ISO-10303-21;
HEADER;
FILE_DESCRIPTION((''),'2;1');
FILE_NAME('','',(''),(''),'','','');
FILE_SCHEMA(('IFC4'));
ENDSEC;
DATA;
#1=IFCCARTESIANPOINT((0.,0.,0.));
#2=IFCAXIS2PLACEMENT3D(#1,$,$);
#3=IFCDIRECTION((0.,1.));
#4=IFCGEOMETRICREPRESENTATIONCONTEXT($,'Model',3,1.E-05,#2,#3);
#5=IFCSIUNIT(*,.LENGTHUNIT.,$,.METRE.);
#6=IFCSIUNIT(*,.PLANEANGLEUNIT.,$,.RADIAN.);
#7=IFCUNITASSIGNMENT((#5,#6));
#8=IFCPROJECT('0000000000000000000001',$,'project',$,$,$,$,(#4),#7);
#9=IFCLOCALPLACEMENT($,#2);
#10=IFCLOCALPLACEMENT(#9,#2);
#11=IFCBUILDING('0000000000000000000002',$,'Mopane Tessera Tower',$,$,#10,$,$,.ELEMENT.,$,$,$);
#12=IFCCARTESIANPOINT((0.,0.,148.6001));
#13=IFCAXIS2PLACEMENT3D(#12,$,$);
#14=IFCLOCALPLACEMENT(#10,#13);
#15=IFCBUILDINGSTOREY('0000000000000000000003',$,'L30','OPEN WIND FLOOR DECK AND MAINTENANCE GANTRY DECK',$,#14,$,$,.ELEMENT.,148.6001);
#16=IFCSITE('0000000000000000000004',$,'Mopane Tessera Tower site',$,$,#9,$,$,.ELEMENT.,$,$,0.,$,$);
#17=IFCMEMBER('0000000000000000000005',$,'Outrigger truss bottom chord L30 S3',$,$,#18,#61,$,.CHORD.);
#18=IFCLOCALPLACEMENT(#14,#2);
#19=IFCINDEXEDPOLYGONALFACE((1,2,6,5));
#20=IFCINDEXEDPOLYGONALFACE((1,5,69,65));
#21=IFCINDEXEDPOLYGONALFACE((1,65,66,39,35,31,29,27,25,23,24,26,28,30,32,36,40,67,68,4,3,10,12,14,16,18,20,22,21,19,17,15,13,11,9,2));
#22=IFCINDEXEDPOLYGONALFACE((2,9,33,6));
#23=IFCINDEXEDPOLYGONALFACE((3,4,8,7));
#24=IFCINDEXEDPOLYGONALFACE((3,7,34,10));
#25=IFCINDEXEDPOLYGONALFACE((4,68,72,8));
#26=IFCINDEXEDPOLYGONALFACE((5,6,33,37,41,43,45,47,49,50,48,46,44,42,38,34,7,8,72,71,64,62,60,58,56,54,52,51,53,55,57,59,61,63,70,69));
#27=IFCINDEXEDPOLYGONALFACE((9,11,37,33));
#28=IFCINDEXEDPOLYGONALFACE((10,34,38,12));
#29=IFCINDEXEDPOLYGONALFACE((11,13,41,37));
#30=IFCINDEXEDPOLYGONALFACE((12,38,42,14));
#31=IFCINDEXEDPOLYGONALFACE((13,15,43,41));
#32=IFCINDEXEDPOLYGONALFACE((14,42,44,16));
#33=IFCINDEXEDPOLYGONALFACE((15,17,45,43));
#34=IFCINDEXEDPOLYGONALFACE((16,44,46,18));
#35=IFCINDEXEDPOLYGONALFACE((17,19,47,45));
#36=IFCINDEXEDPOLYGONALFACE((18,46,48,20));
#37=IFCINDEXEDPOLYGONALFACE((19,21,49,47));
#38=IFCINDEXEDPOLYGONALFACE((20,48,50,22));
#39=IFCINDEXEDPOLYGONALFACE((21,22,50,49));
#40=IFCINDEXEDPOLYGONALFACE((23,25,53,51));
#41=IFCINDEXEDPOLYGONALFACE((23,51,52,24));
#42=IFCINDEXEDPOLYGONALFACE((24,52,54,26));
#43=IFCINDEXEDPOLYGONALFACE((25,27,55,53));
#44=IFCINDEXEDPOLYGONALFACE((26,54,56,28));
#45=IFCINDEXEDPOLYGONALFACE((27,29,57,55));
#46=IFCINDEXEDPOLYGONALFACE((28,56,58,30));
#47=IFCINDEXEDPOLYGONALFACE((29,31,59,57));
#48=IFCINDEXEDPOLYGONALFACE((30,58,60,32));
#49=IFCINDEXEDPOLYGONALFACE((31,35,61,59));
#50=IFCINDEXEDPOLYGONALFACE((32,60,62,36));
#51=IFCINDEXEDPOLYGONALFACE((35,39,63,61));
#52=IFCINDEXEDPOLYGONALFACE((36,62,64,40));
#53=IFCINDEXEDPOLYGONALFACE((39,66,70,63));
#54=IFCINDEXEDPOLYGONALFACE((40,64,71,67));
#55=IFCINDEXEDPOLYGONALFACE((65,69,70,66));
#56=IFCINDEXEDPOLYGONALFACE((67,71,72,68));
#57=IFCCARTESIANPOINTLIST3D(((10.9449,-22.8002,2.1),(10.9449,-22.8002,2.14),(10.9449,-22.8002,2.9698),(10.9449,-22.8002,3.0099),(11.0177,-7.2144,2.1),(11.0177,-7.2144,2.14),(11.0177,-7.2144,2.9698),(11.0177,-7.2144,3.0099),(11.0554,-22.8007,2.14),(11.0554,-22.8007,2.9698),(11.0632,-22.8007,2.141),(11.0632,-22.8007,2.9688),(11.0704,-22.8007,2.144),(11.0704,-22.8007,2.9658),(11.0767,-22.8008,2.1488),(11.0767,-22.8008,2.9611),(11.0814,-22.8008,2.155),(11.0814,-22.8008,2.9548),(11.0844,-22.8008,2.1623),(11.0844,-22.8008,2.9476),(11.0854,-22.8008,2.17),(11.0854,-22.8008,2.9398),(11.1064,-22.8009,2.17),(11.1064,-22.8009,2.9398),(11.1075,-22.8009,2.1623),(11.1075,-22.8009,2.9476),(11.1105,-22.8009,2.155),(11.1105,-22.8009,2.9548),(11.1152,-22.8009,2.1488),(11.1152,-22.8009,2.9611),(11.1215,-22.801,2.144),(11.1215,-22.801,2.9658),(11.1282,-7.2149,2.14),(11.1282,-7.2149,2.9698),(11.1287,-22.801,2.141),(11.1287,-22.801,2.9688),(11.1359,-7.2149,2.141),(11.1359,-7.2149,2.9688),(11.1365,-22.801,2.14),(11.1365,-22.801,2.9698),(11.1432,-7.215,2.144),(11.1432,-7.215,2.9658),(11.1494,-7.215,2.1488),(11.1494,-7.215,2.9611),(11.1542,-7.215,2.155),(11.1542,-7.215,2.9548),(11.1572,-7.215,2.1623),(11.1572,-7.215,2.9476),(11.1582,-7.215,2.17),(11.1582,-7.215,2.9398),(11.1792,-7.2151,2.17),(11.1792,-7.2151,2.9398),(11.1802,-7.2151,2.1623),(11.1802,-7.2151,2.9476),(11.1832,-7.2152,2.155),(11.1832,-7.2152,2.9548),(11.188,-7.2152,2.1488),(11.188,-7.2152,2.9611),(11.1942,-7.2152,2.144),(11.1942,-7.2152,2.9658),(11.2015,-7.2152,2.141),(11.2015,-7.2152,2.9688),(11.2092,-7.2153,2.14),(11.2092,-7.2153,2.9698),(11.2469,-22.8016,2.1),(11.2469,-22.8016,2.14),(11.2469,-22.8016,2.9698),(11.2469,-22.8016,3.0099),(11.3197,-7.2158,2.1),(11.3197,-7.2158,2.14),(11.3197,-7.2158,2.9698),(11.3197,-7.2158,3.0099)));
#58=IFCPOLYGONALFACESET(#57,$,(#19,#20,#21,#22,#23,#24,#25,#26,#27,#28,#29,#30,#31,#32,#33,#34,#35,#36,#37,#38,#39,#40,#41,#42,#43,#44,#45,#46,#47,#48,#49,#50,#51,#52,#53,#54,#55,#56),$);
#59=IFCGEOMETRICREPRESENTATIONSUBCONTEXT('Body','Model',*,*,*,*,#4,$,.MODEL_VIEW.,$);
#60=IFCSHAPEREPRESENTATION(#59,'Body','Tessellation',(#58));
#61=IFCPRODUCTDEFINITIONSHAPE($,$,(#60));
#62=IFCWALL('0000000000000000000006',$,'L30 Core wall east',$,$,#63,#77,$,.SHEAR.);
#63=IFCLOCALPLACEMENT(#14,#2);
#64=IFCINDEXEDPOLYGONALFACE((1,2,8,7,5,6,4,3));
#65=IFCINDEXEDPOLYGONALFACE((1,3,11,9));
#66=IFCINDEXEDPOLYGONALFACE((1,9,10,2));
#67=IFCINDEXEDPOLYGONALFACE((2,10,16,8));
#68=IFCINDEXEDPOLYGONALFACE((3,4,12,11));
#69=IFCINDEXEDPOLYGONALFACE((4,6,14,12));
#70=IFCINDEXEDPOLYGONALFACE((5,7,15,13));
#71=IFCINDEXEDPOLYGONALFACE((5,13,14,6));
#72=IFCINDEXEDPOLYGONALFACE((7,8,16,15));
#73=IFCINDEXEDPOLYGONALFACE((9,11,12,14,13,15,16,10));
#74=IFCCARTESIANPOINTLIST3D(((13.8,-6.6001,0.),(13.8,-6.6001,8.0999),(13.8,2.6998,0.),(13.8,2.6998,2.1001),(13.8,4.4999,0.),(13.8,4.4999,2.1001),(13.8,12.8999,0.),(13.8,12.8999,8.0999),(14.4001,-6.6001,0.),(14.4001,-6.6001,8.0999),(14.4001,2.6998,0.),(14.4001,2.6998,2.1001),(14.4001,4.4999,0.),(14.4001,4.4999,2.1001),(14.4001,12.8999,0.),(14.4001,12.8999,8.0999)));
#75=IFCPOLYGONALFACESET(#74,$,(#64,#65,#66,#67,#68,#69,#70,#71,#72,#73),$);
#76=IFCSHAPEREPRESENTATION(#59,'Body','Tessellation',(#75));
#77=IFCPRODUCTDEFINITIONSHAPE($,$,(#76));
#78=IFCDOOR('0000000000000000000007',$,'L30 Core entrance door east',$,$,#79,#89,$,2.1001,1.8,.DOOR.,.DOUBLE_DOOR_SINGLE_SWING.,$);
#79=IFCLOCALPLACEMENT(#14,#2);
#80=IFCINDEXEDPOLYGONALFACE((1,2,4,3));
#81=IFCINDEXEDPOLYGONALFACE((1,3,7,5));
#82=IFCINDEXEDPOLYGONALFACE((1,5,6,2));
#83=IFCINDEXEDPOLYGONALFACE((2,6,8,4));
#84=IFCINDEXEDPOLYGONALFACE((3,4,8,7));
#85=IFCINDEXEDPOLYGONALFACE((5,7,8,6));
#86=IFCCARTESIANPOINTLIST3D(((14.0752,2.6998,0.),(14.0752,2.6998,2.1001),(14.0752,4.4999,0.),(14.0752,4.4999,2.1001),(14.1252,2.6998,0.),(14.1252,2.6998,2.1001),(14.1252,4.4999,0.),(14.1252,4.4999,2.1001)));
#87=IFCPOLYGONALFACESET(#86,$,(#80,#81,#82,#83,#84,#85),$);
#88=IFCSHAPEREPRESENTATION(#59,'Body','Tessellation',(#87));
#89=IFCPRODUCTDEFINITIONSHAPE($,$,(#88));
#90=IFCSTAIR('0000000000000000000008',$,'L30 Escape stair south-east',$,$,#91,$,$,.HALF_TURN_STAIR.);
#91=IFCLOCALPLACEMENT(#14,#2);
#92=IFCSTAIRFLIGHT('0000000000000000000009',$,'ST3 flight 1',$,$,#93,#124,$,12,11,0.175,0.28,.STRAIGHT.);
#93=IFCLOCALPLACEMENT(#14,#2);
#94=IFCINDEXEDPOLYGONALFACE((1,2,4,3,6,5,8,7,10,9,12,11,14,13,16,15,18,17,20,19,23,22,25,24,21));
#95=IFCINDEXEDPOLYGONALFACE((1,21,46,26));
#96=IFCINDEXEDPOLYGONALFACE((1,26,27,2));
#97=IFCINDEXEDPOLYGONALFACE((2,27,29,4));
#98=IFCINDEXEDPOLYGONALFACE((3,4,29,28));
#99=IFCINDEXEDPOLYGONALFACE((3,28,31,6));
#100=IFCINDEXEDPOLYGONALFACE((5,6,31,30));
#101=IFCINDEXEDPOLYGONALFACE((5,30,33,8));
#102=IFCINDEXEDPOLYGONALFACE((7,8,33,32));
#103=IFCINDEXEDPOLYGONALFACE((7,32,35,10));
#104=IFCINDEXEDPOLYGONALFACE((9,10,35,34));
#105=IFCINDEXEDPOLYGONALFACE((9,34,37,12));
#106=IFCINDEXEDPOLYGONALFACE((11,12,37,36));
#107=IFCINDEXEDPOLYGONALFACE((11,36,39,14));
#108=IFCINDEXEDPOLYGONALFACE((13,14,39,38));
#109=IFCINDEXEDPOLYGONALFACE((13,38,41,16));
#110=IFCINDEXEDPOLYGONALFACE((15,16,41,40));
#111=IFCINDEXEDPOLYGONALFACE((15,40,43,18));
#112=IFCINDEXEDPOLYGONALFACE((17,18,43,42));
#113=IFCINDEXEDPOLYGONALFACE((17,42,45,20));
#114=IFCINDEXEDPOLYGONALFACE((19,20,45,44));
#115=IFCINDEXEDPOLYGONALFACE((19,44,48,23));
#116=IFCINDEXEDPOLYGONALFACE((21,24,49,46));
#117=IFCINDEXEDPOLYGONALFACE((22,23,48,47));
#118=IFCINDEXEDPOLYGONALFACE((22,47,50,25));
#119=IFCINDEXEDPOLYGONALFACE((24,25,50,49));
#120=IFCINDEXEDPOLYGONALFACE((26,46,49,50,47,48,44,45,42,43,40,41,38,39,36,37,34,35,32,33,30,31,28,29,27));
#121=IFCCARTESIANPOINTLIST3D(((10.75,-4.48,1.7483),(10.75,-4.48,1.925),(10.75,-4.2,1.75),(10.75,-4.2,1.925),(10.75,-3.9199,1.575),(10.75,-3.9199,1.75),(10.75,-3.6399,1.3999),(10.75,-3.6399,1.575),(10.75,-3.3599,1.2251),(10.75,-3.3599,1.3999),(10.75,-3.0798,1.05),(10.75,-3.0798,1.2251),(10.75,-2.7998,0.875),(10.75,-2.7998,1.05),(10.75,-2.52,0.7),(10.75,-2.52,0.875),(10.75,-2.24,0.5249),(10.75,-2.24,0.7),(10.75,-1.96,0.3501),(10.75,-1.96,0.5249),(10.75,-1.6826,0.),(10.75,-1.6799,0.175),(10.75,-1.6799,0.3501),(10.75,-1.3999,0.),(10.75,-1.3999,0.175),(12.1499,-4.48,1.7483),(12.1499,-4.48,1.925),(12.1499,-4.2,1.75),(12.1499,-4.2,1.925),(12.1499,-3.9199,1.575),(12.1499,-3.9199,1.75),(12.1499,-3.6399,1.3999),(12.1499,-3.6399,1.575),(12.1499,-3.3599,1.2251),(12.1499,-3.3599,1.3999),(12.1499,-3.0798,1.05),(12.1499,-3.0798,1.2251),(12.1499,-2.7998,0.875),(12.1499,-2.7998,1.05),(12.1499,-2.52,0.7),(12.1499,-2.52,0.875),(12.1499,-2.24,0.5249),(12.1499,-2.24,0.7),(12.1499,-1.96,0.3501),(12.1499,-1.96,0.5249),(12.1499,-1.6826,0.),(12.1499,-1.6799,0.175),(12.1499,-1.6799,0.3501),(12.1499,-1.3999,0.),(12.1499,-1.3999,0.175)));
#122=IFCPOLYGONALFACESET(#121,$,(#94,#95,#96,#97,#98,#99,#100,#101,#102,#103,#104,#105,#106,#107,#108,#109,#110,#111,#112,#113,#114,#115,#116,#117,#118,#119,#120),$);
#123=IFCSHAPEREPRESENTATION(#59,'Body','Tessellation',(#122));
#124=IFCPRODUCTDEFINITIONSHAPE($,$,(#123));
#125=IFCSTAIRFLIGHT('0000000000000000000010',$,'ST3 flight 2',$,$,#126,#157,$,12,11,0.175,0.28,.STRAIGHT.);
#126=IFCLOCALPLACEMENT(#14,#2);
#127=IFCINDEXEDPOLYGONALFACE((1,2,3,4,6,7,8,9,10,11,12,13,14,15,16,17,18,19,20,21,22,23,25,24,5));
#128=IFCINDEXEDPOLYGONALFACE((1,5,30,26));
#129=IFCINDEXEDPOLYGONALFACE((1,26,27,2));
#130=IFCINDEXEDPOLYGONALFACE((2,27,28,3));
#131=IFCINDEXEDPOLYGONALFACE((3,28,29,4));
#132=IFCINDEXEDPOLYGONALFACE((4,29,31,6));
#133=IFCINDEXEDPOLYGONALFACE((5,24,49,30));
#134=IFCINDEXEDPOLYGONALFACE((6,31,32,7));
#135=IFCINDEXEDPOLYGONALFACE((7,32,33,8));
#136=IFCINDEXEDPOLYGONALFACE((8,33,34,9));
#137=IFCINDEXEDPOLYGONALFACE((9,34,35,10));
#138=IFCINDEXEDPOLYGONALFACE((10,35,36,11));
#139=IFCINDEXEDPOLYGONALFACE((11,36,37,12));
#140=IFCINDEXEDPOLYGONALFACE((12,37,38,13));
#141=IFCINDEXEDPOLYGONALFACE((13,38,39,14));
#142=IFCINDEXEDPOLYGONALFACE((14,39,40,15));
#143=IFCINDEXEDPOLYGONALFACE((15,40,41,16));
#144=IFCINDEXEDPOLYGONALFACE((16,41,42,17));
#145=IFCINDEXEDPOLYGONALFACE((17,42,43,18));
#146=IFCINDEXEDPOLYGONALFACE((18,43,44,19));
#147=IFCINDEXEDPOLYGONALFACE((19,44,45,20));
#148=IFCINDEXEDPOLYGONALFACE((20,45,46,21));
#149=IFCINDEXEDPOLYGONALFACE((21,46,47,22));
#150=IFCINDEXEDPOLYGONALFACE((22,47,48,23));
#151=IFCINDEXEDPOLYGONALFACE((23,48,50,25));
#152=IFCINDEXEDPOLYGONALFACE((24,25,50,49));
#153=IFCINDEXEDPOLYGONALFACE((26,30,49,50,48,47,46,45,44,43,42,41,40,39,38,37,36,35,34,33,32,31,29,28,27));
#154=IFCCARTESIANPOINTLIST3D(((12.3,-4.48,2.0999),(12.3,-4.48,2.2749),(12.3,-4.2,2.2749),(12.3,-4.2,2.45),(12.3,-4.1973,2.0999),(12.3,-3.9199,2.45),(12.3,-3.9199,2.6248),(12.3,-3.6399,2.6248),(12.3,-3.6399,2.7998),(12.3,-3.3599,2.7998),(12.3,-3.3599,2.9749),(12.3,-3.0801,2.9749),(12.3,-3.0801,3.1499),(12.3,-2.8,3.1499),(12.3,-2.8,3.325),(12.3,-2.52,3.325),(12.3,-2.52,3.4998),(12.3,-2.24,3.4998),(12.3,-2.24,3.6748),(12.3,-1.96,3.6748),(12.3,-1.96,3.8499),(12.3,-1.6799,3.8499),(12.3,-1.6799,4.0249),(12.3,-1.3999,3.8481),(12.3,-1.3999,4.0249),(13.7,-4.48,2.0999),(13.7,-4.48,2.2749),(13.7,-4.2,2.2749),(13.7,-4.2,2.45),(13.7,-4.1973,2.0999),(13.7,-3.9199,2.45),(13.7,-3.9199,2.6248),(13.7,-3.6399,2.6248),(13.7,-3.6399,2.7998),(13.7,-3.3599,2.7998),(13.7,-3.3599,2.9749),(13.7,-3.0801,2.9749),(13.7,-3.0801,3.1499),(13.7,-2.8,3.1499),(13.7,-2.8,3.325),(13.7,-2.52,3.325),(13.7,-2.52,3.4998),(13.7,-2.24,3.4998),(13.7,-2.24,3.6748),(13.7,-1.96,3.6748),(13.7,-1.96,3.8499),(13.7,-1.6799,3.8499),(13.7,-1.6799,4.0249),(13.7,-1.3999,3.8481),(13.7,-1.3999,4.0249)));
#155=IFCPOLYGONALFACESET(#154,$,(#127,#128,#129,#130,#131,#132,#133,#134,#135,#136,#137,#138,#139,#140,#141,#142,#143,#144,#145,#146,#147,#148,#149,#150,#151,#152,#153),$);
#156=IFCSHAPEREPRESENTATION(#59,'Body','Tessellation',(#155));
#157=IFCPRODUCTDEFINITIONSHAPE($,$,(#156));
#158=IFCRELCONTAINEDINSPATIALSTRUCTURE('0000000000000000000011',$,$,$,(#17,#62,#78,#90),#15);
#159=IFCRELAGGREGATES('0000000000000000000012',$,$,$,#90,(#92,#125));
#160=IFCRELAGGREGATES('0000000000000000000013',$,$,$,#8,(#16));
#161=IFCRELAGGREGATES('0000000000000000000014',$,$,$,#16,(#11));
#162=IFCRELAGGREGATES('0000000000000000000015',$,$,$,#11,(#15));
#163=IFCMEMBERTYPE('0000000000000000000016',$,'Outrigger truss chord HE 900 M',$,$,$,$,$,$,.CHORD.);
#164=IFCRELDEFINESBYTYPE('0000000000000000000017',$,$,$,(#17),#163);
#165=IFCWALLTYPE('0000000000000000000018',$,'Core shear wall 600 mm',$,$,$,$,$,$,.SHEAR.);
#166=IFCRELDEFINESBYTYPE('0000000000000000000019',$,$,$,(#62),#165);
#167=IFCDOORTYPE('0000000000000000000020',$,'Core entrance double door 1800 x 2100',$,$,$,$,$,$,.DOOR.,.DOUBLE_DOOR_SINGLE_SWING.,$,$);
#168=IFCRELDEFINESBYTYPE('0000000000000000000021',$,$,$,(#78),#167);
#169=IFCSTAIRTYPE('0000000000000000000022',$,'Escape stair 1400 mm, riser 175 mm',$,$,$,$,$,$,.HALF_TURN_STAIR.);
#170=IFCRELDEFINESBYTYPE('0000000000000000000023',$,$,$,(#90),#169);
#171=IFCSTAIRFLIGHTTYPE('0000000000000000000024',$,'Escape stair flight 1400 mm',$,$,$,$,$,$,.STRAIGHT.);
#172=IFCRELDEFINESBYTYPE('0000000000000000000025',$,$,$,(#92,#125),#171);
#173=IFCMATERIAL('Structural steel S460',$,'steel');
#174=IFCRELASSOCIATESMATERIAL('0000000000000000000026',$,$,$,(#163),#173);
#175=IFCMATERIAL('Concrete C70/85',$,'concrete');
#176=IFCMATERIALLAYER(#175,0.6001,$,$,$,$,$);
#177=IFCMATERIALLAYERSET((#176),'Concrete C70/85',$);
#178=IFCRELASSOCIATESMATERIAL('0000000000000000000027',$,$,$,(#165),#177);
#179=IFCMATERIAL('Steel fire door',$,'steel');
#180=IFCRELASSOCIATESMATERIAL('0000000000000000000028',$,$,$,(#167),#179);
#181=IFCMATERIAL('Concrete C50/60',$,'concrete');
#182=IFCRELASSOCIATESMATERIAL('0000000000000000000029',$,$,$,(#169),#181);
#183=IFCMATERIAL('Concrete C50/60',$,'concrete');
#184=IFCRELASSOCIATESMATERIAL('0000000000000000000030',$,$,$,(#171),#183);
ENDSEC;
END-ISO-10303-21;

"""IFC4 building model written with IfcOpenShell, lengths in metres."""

from ifc_helpers import new_model, si_unit, direction, frame, frame_2d, origin, origin_2d, place, context, subcontext, project, spatial, polyline, rectangle, i_section, outline, extrude, material, layer, layer_set, material_profile, profile_set, type_object, element, fill, aggregate, save


model = new_model("IFC4")

# Units and contexts
model_context = context("Model", 3, precision=1e-05, world=origin(), true_north=direction((0.0, 1.0)))
body_context = subcontext(model_context, "Body", "Model", "MODEL_VIEW")
ifc_project = project(units=[si_unit("LENGTHUNIT", "METRE"), si_unit("PLANEANGLEUNIT", "RADIAN")], contexts=[model_context])

# Site, building, storey
site_placement = place(None, origin())
site = spatial("IfcSite", under=ifc_project, at=site_placement, Name="Mopane Tessera Tower site", CompositionType="ELEMENT", RefElevation=0.0)
building_placement = place(site_placement, origin())
building = spatial("IfcBuilding", under=site, at=building_placement, Name="Mopane Tessera Tower", CompositionType="ELEMENT")
storey_placement = place(building_placement, frame((0.0, 0.0, 148.6001)))
storey = spatial("IfcBuildingStorey", under=building, at=storey_placement, Name="L30", Description="OPEN WIND FLOOR DECK AND MAINTENANCE GANTRY DECK", CompositionType="ELEMENT", Elevation=148.6001)

# Member
ifc_material_1 = material(Name="Structural steel S460", Category="steel")
ifc_material_profile = material_profile(ifc_material_1, i_section(OverallWidth=0.302, OverallDepth=0.9099, WebThickness=0.021, FlangeThickness=0.04, FilletRadius=0.03, at=origin_2d()))
ifc_profile_set = profile_set([ifc_material_profile], Name="Structural steel S460")
member_type = type_object("IfcMemberType", Name="Outrigger truss chord HE 900 M", PredefinedType="CHORD", material=ifc_profile_set)
member_placement = place(storey_placement, frame((11.1687, -7.2151, 2.5549), z_axis=(-0.004668, -0.999989, 0.0), x_axis=(0.999989, -0.004668, 0.0)))
element("IfcMember", 1, at=member_placement, inside=storey, type_object=member_type, Name="Outrigger truss bottom chord L30 S3", PredefinedType="CHORD", context=body_context, shape_type="SweptSolid", body=[
    extrude(i_section(OverallWidth=0.302, OverallDepth=0.9099, WebThickness=0.021, FlangeThickness=0.04, FilletRadius=0.03, at=origin_2d()), origin(), (0.0, 0.0, 1.0), 15.5859),
])

# Wall, opening, door
ifc_material_2 = material(Name="Concrete C70/85", Category="concrete")
ifc_layer_1 = layer(ifc_material_2, 0.6001)
ifc_layer_set_1 = layer_set([ifc_layer_1], Name="Concrete C70/85")
wall_type = type_object("IfcWallType", Name="Core shear wall 600 mm", PredefinedType="SHEAR", material=ifc_layer_set_1)
wall_placement = place(storey_placement, frame((14.1001, -6.6001, 0.0), z_axis=(0.0, 0.0, 1.0), x_axis=(0.0, 1.0, 0.0)))
wall = element("IfcWall", 2, at=wall_placement, inside=storey, type_object=wall_type, Name="L30 Core wall east", PredefinedType="SHEAR", context=body_context, shape_type="SweptSolid", body=[
    extrude(rectangle(XDim=19.5, YDim=0.6001, at=frame_2d((9.75, 0.0))), origin(), (0.0, 0.0, 1.0), 8.0999),
])
opening_placement = place(wall_placement, frame((9.3, 0.0, 0.0)))
opening = element("IfcOpeningElement", 3, at=opening_placement, cuts=wall, PredefinedType="OPENING", context=body_context, shape_type="SweptSolid", body=[
    extrude(rectangle(XDim=1.8, YDim=2.1001, at=frame_2d((0.8999, 1.05))), frame((0.0, 0.312, 0.0), z_axis=(0.0, -1.0, 0.0), x_axis=(1.0, 0.0, 0.0)), (0.0, 0.0, 1.0), 0.624),
])
ifc_material_3 = material(Name="Steel fire door", Category="steel")
door_type = type_object("IfcDoorType", Name="Core entrance double door 1800 x 2100", OperationType="DOUBLE_DOOR_SINGLE_SWING", PredefinedType="DOOR", material=ifc_material_3)
door_placement = place(opening_placement, origin())
door = element("IfcDoor", 4, at=door_placement, inside=storey, type_object=door_type, Name="L30 Core entrance door east", OperationType="DOUBLE_DOOR_SINGLE_SWING", OverallHeight=2.1001, OverallWidth=1.8, PredefinedType="DOOR", context=body_context, shape_type="SweptSolid", body=[
    extrude(rectangle(XDim=1.8, YDim=2.1001, at=frame_2d((0.8999, 1.05))), frame((0.0, 0.0249, 0.0), z_axis=(0.0, -1.0, 0.0), x_axis=(1.0, 0.0, 0.0)), (0.0, 0.0, 1.0), 0.05),
])
fill(opening, door)

# Stair, stair flights
ifc_material_4 = material(Name="Concrete C50/60", Category="concrete")
stair_type = type_object("IfcStairType", Name="Escape stair 1400 mm, riser 175 mm", PredefinedType="HALF_TURN_STAIR", material=ifc_material_4)
stair_placement = place(storey_placement, origin())
stair = element("IfcStair", 5, at=stair_placement, inside=storey, type_object=stair_type, Name="L30 Escape stair south-east", PredefinedType="HALF_TURN_STAIR")
ifc_material_5 = material(Name="Concrete C50/60", Category="concrete")
stair_flight_type = type_object("IfcStairFlightType", Name="Escape stair flight 1400 mm", PredefinedType="STRAIGHT", material=ifc_material_5)
stair_flight_1_placement = place(storey_placement, frame((11.45, -1.3999, 0.0), z_axis=(0.0, 0.0, 1.0), x_axis=(0.0, -1.0, 0.0)))
stair_flight_1 = element("IfcStairFlight", 6, at=stair_flight_1_placement, type_object=stair_flight_type, Name="ST3 flight 1", NumberOfRisers=12, NumberOfTreads=11, PredefinedType="STRAIGHT", RiserHeight=0.175, TreadLength=0.28, context=body_context, shape_type="SweptSolid", body=[
    extrude(outline(polyline([(0.0, 0.0), (0.0, 0.175), (0.28, 0.175), (0.28, 0.3501), (0.5601, 0.3501), (0.5601, 0.5249), (0.8401, 0.5249), (0.8401, 0.7), (1.1201, 0.7), (1.1201, 0.875), (1.3999, 0.875), (1.3999, 1.05), (1.6799, 1.05), (1.6799, 1.2251), (1.96, 1.2251), (1.96, 1.3999), (2.24, 1.3999), (2.24, 1.575), (2.52, 1.575), (2.52, 1.75), (2.8, 1.75), (2.8, 1.925), (3.0801, 1.925), (3.0801, 2.1001), (3.0801, 1.7483), (0.2827, 0.0), (0.0, 0.0)])), frame((0.0, 0.7, 0.0), z_axis=(0.0, -1.0, 0.0), x_axis=(1.0, 0.0, 0.0)), (0.0, 0.0, 1.0), 1.3999),
])
stair_flight_2_placement = place(storey_placement, frame((13.0, -4.48, 2.0999), z_axis=(0.0, 0.0, 1.0), x_axis=(0.0, 1.0, 0.0)))
stair_flight_2 = element("IfcStairFlight", 7, at=stair_flight_2_placement, type_object=stair_flight_type, Name="ST3 flight 2", NumberOfRisers=12, NumberOfTreads=11, PredefinedType="STRAIGHT", RiserHeight=0.175, TreadLength=0.28, context=body_context, shape_type="SweptSolid", body=[
    extrude(outline(polyline([(0.0, 0.0), (0.0, 0.175), (0.28, 0.175), (0.28, 0.3501), (0.5601, 0.3501), (0.5601, 0.5249), (0.8401, 0.5249), (0.8401, 0.7), (1.1201, 0.7), (1.1201, 0.875), (1.3999, 0.875), (1.3999, 1.05), (1.6799, 1.05), (1.6799, 1.2251), (1.96, 1.2251), (1.96, 1.3999), (2.24, 1.3999), (2.24, 1.575), (2.52, 1.575), (2.52, 1.75), (2.8, 1.75), (2.8, 1.925), (3.0801, 1.925), (3.0801, 2.1001), (3.0801, 1.7483), (0.2827, 0.0), (0.0, 0.0)])), frame((0.0, 0.7, 0.0), z_axis=(0.0, -1.0, 0.0), x_axis=(1.0, 0.0, 0.0)), (0.0, 0.0, 1.0), 1.3999),
])
aggregate(stair, [stair_flight_1, stair_flight_2])

save(model, "model.ifc")
